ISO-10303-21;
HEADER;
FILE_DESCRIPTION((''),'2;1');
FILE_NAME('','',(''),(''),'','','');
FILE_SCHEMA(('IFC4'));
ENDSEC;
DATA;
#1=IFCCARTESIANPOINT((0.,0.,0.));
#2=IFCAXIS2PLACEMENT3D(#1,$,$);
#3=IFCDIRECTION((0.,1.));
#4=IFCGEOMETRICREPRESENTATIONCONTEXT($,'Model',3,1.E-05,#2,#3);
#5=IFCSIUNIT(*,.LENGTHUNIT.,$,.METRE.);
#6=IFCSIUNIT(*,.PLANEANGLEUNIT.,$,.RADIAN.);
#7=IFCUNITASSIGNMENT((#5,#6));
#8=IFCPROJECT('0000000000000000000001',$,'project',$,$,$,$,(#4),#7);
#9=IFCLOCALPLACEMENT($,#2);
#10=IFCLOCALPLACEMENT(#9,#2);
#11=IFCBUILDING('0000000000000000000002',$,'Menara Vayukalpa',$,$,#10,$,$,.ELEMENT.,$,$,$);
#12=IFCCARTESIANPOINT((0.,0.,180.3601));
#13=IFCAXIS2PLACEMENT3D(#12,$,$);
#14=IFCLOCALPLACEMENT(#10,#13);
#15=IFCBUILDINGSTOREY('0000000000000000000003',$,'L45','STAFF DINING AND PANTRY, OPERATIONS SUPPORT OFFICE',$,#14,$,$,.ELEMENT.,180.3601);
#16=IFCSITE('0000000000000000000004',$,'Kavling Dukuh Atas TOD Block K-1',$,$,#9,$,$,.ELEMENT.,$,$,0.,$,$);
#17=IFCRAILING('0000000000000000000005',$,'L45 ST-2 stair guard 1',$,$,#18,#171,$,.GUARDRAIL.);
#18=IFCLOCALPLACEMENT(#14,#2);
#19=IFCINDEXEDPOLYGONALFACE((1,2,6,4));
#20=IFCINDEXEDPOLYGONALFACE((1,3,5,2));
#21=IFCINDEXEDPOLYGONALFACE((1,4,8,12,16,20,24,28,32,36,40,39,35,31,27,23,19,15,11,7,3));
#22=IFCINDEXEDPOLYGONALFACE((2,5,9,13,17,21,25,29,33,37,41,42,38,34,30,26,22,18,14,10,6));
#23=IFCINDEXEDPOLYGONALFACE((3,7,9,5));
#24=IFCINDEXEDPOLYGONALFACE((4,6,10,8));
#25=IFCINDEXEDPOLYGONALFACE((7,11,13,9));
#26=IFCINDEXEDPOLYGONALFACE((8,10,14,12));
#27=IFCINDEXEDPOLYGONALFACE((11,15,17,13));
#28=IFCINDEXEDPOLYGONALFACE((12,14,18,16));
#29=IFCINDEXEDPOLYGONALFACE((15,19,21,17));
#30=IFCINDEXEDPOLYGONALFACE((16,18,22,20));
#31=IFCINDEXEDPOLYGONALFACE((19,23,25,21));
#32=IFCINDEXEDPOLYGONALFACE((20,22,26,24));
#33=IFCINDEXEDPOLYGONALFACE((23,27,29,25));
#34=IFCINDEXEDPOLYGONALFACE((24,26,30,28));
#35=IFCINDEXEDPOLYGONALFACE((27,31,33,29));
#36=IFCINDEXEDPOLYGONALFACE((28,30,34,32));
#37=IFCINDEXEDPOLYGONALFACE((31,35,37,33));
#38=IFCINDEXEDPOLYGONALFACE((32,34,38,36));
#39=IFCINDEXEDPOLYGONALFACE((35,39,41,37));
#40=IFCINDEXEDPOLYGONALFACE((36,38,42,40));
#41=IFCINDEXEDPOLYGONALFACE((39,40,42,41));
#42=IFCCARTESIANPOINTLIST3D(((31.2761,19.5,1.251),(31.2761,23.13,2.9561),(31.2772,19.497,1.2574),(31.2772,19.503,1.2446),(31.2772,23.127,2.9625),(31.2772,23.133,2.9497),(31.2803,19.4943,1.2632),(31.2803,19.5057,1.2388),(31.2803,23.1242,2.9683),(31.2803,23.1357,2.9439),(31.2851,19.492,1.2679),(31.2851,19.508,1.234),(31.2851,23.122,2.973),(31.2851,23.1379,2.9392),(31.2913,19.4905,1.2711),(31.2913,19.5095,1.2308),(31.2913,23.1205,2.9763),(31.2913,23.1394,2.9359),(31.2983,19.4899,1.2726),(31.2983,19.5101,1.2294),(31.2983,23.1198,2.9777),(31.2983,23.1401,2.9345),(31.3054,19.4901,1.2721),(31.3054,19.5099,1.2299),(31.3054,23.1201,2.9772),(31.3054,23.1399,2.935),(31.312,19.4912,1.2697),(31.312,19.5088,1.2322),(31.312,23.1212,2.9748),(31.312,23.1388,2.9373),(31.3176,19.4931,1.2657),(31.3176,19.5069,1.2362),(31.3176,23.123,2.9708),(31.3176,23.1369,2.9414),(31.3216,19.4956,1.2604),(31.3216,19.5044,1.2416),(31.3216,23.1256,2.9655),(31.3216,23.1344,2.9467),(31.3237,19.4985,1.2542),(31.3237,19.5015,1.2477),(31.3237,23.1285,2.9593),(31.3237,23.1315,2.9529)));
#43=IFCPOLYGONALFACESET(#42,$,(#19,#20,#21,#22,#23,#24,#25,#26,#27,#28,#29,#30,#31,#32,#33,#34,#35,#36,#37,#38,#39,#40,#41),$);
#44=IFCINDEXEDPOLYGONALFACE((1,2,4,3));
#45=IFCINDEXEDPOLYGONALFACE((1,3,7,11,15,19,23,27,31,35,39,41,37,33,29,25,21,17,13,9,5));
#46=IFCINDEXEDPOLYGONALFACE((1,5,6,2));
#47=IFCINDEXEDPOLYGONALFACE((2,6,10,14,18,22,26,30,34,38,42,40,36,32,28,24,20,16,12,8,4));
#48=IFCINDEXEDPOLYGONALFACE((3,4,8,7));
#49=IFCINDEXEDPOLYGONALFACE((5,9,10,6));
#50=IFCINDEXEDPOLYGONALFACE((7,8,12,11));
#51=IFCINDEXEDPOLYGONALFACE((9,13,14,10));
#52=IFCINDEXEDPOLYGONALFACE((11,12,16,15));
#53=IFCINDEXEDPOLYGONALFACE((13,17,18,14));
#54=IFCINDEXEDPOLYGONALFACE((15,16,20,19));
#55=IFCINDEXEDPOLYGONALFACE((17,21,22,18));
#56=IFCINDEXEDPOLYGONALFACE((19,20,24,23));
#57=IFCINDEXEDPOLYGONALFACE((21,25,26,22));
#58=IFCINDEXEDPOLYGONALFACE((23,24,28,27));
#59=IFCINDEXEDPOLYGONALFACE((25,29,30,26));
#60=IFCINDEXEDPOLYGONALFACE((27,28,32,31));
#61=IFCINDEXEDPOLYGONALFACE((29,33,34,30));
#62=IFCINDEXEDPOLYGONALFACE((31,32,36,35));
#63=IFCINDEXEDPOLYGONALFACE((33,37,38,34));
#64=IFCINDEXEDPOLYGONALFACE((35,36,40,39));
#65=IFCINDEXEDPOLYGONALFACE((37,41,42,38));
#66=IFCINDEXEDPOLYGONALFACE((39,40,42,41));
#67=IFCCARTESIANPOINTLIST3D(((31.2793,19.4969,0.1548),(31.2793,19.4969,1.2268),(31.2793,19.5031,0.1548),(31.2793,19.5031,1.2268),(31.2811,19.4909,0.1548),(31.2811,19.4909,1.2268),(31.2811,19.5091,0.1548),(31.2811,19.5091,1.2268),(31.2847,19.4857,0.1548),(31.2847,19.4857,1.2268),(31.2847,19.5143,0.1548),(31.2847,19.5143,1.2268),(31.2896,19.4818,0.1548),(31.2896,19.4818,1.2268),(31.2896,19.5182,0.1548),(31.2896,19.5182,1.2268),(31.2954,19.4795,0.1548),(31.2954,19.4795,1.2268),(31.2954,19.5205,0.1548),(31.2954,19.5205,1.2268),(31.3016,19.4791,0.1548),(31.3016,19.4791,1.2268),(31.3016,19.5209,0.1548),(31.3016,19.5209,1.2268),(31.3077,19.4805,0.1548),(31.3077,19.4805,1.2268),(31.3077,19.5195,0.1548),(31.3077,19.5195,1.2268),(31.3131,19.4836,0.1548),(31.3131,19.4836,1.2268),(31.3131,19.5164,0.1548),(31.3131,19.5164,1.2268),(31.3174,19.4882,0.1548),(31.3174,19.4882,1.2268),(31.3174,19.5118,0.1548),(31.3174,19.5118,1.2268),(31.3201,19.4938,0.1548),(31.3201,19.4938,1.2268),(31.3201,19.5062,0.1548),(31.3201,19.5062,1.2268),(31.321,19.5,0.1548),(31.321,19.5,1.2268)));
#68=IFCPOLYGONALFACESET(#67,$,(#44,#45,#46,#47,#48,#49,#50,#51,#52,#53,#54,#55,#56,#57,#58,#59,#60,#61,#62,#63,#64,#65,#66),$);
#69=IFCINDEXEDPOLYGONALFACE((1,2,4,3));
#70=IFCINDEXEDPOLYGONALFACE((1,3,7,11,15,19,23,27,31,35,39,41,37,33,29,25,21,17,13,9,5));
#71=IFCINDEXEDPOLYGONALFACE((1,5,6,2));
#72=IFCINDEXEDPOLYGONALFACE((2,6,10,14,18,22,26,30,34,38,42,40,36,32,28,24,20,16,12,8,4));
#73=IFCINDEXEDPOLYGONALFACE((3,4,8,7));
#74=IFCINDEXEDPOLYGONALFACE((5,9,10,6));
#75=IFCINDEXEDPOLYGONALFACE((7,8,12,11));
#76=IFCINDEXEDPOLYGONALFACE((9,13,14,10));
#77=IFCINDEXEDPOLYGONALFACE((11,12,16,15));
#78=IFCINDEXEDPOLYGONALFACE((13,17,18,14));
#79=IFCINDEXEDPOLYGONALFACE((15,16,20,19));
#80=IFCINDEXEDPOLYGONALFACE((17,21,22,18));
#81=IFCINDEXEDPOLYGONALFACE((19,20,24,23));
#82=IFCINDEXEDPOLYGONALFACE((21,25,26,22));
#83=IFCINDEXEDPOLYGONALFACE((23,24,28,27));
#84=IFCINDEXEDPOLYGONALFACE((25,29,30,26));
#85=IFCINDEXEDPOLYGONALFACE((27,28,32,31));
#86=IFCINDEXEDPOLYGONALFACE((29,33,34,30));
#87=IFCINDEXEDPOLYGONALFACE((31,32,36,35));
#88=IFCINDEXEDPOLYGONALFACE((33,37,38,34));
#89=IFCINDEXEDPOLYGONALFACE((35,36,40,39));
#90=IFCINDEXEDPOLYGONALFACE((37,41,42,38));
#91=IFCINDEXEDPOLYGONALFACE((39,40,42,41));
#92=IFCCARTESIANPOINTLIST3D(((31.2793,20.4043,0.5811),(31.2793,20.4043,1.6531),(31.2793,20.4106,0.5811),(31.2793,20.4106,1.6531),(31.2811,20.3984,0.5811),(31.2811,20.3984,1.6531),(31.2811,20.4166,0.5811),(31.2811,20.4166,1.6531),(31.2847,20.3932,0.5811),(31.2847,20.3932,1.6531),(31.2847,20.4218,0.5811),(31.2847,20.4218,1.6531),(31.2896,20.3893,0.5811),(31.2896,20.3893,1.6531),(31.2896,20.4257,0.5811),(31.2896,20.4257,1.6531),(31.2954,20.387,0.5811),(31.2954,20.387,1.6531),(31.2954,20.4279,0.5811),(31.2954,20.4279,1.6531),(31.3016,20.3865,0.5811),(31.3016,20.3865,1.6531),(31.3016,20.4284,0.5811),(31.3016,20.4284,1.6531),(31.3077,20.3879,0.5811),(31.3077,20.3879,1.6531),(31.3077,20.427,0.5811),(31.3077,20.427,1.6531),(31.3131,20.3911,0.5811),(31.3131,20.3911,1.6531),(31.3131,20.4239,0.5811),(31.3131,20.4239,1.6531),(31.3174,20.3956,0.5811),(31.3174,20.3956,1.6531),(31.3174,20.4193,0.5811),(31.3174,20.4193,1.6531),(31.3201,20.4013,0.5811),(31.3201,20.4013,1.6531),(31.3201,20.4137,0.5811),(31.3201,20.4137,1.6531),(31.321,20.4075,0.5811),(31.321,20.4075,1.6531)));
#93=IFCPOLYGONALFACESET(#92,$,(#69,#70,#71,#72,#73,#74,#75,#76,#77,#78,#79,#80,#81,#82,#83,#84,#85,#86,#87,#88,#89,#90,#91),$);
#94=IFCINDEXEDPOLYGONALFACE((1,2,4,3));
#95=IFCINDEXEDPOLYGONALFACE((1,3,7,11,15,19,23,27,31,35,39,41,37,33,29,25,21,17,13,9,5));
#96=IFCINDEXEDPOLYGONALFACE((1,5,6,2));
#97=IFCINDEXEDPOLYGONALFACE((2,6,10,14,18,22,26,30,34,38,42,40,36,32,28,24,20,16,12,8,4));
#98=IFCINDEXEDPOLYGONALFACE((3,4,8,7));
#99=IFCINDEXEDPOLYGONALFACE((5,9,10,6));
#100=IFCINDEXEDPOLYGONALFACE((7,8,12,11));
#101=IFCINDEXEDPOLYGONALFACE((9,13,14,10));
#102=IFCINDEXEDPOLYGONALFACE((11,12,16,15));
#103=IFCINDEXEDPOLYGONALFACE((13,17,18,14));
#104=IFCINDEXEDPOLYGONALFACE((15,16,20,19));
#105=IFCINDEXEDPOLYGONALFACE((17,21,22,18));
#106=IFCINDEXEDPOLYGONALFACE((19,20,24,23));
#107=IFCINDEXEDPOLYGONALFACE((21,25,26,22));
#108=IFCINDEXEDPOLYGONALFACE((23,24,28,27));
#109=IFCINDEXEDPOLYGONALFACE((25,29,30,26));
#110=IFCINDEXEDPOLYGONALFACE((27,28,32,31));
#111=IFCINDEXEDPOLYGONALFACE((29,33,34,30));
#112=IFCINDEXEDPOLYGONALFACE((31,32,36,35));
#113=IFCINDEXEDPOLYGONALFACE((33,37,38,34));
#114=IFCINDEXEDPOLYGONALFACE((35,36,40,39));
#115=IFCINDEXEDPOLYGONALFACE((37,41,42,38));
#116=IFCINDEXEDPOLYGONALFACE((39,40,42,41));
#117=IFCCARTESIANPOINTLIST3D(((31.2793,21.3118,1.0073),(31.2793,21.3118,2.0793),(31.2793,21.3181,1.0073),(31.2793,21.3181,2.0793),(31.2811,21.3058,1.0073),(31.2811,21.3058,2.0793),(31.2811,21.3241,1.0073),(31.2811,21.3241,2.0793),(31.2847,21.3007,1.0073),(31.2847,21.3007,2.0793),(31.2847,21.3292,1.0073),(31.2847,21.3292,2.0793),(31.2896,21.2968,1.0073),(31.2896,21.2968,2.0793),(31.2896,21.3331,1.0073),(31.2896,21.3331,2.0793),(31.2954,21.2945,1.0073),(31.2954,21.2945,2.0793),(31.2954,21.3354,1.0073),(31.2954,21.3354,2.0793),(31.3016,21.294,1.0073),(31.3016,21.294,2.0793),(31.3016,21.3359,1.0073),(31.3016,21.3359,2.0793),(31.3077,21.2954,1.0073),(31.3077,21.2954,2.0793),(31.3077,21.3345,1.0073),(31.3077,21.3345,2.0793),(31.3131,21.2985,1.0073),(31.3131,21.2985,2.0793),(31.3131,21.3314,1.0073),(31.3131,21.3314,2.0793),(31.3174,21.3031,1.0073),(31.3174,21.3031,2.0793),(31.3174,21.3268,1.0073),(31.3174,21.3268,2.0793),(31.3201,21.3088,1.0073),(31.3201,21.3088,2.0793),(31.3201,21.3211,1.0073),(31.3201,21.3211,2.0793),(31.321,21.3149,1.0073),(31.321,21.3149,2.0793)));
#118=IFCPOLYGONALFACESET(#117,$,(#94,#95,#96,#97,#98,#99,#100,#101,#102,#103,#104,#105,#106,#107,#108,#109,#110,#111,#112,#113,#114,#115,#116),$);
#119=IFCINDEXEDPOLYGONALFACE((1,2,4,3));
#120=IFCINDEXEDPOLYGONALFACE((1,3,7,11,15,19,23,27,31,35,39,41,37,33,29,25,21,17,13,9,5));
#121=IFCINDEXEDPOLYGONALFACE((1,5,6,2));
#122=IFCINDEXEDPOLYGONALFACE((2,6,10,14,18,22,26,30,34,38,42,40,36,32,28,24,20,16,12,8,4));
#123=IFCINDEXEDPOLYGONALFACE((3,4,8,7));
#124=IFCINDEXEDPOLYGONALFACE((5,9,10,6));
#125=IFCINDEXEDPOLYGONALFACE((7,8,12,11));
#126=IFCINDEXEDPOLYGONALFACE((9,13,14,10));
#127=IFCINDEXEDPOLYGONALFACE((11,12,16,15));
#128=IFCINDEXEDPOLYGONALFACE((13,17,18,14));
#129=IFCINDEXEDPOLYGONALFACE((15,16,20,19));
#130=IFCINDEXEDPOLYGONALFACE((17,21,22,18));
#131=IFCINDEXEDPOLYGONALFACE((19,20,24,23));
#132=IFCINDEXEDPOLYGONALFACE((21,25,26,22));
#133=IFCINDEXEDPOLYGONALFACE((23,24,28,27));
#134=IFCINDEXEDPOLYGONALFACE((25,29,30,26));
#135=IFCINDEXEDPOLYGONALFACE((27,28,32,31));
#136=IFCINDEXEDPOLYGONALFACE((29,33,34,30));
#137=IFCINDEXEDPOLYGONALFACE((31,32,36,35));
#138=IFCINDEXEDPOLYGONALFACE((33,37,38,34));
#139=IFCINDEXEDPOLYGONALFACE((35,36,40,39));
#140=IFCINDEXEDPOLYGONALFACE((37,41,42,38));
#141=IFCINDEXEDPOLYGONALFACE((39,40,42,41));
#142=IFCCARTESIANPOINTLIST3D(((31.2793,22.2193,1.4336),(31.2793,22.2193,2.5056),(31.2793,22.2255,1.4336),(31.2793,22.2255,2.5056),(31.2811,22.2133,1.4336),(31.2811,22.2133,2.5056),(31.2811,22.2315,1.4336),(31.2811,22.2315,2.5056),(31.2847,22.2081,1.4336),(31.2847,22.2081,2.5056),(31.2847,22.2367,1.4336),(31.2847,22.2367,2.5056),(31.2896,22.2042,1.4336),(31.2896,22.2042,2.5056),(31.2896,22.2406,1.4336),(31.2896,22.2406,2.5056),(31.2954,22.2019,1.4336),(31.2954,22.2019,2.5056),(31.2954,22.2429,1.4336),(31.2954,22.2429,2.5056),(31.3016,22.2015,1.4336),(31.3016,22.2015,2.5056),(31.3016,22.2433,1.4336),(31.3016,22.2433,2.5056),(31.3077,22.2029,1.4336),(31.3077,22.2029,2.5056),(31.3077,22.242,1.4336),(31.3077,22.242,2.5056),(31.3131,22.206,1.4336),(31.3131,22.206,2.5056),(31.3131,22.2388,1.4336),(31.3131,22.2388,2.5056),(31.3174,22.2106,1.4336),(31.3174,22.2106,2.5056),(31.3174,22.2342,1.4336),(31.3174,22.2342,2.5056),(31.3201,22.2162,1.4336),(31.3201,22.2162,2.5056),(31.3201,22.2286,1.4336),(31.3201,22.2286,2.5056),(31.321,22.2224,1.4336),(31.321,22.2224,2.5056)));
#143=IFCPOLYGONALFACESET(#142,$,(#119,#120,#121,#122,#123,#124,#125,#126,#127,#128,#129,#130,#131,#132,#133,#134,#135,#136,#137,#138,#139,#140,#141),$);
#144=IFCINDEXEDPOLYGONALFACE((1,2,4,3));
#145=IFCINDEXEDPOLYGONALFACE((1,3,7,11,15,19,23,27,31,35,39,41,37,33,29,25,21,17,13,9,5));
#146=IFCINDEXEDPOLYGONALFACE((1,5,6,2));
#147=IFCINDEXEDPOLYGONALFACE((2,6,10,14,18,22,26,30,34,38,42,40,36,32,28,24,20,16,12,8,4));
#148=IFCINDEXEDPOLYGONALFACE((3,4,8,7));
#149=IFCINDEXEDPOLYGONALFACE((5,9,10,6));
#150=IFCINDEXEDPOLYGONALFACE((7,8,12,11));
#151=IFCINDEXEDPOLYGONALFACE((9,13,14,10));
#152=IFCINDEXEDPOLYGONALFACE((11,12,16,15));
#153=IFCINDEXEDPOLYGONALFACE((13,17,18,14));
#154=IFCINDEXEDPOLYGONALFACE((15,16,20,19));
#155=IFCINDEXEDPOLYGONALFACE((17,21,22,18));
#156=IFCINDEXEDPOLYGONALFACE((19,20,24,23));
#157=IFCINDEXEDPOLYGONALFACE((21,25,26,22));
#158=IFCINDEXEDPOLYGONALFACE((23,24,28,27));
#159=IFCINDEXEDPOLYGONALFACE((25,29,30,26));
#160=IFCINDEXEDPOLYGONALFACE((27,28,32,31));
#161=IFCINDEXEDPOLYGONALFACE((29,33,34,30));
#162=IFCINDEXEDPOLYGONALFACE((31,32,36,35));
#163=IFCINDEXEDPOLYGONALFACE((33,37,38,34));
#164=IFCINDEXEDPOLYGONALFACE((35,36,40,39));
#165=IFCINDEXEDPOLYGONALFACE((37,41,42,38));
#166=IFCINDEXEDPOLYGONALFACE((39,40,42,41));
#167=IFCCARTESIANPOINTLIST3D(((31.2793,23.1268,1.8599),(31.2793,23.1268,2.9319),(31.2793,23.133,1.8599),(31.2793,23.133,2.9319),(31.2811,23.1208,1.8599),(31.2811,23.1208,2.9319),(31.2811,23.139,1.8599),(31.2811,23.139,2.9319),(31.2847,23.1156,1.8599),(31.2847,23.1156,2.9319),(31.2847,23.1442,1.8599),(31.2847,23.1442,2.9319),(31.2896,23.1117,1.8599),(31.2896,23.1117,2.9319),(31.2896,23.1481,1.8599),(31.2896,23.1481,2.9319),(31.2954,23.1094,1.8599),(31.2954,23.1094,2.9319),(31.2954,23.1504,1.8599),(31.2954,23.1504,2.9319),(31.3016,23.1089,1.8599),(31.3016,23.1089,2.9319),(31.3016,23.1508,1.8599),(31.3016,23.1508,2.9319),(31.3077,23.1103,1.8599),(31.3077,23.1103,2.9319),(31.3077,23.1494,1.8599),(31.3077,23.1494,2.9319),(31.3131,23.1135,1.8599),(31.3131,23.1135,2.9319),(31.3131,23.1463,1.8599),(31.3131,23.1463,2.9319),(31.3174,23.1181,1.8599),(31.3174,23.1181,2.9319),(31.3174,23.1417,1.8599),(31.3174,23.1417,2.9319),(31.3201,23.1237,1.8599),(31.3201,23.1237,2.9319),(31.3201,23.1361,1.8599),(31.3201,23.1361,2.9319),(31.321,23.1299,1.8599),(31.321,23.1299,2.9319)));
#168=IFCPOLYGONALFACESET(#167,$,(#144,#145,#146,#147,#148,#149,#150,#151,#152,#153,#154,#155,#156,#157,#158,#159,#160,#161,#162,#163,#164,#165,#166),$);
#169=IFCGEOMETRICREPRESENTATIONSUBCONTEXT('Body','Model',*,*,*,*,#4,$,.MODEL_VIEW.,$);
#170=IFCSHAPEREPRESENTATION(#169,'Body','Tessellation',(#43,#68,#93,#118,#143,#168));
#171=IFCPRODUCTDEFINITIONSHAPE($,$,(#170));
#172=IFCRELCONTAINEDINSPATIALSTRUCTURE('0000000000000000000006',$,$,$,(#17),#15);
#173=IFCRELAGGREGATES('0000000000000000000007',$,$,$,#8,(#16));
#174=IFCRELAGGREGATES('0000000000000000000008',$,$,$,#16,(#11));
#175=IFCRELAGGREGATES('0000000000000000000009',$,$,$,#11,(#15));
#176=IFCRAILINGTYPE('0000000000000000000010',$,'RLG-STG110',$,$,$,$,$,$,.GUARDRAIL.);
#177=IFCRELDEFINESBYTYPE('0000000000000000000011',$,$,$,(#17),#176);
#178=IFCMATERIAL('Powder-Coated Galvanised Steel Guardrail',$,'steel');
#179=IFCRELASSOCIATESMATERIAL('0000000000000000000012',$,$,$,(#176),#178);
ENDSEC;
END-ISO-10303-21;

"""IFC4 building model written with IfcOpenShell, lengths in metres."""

from ifc_helpers import new_model, si_unit, direction, frame, origin, origin_2d, place, context, subcontext, project, spatial, circle, extrude, material, type_object, element, save


model = new_model("IFC4")

# Units and contexts
model_context = context("Model", 3, precision=1e-05, world=origin(), true_north=direction((0.0, 1.0)))
body_context = subcontext(model_context, "Body", "Model", "MODEL_VIEW")
ifc_project = project(units=[si_unit("LENGTHUNIT", "METRE"), si_unit("PLANEANGLEUNIT", "RADIAN")], contexts=[model_context])

# Site, building, storey
site_placement = place(None, origin())
site = spatial("IfcSite", under=ifc_project, at=site_placement, Name="Kavling Dukuh Atas TOD Block K-1", CompositionType="ELEMENT", RefElevation=0.0)
building_placement = place(site_placement, origin())
building = spatial("IfcBuilding", under=site, at=building_placement, Name="Menara Vayukalpa", CompositionType="ELEMENT")
storey_placement = place(building_placement, frame((0.0, 0.0, 180.3601)))
storey = spatial("IfcBuildingStorey", under=building, at=storey_placement, Name="L45", Description="STAFF DINING AND PANTRY, OPERATIONS SUPPORT OFFICE", CompositionType="ELEMENT", Elevation=180.3601)

# Railing
ifc_material_1 = material(Name="Powder-Coated Galvanised Steel Guardrail", Category="steel")
railing_type_1 = type_object("IfcRailingType", Name="RLG-STG110", PredefinedType="GUARDRAIL", material=ifc_material_1)
railing_1_placement = place(storey_placement, frame((31.3, 19.5, 0.1548)))
element("IfcRailing", 1, at=railing_1_placement, inside=storey, type_object=railing_type_1, Name="L45 ST-2 stair guard 1", PredefinedType="GUARDRAIL", context=body_context, shape_type="SweptSolid", body=[
    extrude(circle(Radius=0.0239, at=origin_2d()), frame((0.0, 0.0, 1.0962), z_axis=(0.0, 0.905116, 0.425164), x_axis=(-1.0, 0.0, 0.0)), (0.0, 0.0, 1.0), 4.0105),
    extrude(circle(Radius=0.021, at=origin_2d()), origin(), (0.0, 0.0, 1.0), 1.072),
    extrude(circle(Radius=0.021, at=origin_2d()), frame((0.0, 0.9075, 0.4263)), (0.0, 0.0, 1.0), 1.072),
    extrude(circle(Radius=0.021, at=origin_2d()), frame((0.0, 1.8149, 0.8525)), (0.0, 0.0, 1.0), 1.072),
    extrude(circle(Radius=0.021, at=origin_2d()), frame((0.0, 2.7224, 1.2788)), (0.0, 0.0, 1.0), 1.072),
    extrude(circle(Radius=0.021, at=origin_2d()), frame((0.0, 3.6299, 1.7051)), (0.0, 0.0, 1.0), 1.072),
])

save(model, "model.ifc")
